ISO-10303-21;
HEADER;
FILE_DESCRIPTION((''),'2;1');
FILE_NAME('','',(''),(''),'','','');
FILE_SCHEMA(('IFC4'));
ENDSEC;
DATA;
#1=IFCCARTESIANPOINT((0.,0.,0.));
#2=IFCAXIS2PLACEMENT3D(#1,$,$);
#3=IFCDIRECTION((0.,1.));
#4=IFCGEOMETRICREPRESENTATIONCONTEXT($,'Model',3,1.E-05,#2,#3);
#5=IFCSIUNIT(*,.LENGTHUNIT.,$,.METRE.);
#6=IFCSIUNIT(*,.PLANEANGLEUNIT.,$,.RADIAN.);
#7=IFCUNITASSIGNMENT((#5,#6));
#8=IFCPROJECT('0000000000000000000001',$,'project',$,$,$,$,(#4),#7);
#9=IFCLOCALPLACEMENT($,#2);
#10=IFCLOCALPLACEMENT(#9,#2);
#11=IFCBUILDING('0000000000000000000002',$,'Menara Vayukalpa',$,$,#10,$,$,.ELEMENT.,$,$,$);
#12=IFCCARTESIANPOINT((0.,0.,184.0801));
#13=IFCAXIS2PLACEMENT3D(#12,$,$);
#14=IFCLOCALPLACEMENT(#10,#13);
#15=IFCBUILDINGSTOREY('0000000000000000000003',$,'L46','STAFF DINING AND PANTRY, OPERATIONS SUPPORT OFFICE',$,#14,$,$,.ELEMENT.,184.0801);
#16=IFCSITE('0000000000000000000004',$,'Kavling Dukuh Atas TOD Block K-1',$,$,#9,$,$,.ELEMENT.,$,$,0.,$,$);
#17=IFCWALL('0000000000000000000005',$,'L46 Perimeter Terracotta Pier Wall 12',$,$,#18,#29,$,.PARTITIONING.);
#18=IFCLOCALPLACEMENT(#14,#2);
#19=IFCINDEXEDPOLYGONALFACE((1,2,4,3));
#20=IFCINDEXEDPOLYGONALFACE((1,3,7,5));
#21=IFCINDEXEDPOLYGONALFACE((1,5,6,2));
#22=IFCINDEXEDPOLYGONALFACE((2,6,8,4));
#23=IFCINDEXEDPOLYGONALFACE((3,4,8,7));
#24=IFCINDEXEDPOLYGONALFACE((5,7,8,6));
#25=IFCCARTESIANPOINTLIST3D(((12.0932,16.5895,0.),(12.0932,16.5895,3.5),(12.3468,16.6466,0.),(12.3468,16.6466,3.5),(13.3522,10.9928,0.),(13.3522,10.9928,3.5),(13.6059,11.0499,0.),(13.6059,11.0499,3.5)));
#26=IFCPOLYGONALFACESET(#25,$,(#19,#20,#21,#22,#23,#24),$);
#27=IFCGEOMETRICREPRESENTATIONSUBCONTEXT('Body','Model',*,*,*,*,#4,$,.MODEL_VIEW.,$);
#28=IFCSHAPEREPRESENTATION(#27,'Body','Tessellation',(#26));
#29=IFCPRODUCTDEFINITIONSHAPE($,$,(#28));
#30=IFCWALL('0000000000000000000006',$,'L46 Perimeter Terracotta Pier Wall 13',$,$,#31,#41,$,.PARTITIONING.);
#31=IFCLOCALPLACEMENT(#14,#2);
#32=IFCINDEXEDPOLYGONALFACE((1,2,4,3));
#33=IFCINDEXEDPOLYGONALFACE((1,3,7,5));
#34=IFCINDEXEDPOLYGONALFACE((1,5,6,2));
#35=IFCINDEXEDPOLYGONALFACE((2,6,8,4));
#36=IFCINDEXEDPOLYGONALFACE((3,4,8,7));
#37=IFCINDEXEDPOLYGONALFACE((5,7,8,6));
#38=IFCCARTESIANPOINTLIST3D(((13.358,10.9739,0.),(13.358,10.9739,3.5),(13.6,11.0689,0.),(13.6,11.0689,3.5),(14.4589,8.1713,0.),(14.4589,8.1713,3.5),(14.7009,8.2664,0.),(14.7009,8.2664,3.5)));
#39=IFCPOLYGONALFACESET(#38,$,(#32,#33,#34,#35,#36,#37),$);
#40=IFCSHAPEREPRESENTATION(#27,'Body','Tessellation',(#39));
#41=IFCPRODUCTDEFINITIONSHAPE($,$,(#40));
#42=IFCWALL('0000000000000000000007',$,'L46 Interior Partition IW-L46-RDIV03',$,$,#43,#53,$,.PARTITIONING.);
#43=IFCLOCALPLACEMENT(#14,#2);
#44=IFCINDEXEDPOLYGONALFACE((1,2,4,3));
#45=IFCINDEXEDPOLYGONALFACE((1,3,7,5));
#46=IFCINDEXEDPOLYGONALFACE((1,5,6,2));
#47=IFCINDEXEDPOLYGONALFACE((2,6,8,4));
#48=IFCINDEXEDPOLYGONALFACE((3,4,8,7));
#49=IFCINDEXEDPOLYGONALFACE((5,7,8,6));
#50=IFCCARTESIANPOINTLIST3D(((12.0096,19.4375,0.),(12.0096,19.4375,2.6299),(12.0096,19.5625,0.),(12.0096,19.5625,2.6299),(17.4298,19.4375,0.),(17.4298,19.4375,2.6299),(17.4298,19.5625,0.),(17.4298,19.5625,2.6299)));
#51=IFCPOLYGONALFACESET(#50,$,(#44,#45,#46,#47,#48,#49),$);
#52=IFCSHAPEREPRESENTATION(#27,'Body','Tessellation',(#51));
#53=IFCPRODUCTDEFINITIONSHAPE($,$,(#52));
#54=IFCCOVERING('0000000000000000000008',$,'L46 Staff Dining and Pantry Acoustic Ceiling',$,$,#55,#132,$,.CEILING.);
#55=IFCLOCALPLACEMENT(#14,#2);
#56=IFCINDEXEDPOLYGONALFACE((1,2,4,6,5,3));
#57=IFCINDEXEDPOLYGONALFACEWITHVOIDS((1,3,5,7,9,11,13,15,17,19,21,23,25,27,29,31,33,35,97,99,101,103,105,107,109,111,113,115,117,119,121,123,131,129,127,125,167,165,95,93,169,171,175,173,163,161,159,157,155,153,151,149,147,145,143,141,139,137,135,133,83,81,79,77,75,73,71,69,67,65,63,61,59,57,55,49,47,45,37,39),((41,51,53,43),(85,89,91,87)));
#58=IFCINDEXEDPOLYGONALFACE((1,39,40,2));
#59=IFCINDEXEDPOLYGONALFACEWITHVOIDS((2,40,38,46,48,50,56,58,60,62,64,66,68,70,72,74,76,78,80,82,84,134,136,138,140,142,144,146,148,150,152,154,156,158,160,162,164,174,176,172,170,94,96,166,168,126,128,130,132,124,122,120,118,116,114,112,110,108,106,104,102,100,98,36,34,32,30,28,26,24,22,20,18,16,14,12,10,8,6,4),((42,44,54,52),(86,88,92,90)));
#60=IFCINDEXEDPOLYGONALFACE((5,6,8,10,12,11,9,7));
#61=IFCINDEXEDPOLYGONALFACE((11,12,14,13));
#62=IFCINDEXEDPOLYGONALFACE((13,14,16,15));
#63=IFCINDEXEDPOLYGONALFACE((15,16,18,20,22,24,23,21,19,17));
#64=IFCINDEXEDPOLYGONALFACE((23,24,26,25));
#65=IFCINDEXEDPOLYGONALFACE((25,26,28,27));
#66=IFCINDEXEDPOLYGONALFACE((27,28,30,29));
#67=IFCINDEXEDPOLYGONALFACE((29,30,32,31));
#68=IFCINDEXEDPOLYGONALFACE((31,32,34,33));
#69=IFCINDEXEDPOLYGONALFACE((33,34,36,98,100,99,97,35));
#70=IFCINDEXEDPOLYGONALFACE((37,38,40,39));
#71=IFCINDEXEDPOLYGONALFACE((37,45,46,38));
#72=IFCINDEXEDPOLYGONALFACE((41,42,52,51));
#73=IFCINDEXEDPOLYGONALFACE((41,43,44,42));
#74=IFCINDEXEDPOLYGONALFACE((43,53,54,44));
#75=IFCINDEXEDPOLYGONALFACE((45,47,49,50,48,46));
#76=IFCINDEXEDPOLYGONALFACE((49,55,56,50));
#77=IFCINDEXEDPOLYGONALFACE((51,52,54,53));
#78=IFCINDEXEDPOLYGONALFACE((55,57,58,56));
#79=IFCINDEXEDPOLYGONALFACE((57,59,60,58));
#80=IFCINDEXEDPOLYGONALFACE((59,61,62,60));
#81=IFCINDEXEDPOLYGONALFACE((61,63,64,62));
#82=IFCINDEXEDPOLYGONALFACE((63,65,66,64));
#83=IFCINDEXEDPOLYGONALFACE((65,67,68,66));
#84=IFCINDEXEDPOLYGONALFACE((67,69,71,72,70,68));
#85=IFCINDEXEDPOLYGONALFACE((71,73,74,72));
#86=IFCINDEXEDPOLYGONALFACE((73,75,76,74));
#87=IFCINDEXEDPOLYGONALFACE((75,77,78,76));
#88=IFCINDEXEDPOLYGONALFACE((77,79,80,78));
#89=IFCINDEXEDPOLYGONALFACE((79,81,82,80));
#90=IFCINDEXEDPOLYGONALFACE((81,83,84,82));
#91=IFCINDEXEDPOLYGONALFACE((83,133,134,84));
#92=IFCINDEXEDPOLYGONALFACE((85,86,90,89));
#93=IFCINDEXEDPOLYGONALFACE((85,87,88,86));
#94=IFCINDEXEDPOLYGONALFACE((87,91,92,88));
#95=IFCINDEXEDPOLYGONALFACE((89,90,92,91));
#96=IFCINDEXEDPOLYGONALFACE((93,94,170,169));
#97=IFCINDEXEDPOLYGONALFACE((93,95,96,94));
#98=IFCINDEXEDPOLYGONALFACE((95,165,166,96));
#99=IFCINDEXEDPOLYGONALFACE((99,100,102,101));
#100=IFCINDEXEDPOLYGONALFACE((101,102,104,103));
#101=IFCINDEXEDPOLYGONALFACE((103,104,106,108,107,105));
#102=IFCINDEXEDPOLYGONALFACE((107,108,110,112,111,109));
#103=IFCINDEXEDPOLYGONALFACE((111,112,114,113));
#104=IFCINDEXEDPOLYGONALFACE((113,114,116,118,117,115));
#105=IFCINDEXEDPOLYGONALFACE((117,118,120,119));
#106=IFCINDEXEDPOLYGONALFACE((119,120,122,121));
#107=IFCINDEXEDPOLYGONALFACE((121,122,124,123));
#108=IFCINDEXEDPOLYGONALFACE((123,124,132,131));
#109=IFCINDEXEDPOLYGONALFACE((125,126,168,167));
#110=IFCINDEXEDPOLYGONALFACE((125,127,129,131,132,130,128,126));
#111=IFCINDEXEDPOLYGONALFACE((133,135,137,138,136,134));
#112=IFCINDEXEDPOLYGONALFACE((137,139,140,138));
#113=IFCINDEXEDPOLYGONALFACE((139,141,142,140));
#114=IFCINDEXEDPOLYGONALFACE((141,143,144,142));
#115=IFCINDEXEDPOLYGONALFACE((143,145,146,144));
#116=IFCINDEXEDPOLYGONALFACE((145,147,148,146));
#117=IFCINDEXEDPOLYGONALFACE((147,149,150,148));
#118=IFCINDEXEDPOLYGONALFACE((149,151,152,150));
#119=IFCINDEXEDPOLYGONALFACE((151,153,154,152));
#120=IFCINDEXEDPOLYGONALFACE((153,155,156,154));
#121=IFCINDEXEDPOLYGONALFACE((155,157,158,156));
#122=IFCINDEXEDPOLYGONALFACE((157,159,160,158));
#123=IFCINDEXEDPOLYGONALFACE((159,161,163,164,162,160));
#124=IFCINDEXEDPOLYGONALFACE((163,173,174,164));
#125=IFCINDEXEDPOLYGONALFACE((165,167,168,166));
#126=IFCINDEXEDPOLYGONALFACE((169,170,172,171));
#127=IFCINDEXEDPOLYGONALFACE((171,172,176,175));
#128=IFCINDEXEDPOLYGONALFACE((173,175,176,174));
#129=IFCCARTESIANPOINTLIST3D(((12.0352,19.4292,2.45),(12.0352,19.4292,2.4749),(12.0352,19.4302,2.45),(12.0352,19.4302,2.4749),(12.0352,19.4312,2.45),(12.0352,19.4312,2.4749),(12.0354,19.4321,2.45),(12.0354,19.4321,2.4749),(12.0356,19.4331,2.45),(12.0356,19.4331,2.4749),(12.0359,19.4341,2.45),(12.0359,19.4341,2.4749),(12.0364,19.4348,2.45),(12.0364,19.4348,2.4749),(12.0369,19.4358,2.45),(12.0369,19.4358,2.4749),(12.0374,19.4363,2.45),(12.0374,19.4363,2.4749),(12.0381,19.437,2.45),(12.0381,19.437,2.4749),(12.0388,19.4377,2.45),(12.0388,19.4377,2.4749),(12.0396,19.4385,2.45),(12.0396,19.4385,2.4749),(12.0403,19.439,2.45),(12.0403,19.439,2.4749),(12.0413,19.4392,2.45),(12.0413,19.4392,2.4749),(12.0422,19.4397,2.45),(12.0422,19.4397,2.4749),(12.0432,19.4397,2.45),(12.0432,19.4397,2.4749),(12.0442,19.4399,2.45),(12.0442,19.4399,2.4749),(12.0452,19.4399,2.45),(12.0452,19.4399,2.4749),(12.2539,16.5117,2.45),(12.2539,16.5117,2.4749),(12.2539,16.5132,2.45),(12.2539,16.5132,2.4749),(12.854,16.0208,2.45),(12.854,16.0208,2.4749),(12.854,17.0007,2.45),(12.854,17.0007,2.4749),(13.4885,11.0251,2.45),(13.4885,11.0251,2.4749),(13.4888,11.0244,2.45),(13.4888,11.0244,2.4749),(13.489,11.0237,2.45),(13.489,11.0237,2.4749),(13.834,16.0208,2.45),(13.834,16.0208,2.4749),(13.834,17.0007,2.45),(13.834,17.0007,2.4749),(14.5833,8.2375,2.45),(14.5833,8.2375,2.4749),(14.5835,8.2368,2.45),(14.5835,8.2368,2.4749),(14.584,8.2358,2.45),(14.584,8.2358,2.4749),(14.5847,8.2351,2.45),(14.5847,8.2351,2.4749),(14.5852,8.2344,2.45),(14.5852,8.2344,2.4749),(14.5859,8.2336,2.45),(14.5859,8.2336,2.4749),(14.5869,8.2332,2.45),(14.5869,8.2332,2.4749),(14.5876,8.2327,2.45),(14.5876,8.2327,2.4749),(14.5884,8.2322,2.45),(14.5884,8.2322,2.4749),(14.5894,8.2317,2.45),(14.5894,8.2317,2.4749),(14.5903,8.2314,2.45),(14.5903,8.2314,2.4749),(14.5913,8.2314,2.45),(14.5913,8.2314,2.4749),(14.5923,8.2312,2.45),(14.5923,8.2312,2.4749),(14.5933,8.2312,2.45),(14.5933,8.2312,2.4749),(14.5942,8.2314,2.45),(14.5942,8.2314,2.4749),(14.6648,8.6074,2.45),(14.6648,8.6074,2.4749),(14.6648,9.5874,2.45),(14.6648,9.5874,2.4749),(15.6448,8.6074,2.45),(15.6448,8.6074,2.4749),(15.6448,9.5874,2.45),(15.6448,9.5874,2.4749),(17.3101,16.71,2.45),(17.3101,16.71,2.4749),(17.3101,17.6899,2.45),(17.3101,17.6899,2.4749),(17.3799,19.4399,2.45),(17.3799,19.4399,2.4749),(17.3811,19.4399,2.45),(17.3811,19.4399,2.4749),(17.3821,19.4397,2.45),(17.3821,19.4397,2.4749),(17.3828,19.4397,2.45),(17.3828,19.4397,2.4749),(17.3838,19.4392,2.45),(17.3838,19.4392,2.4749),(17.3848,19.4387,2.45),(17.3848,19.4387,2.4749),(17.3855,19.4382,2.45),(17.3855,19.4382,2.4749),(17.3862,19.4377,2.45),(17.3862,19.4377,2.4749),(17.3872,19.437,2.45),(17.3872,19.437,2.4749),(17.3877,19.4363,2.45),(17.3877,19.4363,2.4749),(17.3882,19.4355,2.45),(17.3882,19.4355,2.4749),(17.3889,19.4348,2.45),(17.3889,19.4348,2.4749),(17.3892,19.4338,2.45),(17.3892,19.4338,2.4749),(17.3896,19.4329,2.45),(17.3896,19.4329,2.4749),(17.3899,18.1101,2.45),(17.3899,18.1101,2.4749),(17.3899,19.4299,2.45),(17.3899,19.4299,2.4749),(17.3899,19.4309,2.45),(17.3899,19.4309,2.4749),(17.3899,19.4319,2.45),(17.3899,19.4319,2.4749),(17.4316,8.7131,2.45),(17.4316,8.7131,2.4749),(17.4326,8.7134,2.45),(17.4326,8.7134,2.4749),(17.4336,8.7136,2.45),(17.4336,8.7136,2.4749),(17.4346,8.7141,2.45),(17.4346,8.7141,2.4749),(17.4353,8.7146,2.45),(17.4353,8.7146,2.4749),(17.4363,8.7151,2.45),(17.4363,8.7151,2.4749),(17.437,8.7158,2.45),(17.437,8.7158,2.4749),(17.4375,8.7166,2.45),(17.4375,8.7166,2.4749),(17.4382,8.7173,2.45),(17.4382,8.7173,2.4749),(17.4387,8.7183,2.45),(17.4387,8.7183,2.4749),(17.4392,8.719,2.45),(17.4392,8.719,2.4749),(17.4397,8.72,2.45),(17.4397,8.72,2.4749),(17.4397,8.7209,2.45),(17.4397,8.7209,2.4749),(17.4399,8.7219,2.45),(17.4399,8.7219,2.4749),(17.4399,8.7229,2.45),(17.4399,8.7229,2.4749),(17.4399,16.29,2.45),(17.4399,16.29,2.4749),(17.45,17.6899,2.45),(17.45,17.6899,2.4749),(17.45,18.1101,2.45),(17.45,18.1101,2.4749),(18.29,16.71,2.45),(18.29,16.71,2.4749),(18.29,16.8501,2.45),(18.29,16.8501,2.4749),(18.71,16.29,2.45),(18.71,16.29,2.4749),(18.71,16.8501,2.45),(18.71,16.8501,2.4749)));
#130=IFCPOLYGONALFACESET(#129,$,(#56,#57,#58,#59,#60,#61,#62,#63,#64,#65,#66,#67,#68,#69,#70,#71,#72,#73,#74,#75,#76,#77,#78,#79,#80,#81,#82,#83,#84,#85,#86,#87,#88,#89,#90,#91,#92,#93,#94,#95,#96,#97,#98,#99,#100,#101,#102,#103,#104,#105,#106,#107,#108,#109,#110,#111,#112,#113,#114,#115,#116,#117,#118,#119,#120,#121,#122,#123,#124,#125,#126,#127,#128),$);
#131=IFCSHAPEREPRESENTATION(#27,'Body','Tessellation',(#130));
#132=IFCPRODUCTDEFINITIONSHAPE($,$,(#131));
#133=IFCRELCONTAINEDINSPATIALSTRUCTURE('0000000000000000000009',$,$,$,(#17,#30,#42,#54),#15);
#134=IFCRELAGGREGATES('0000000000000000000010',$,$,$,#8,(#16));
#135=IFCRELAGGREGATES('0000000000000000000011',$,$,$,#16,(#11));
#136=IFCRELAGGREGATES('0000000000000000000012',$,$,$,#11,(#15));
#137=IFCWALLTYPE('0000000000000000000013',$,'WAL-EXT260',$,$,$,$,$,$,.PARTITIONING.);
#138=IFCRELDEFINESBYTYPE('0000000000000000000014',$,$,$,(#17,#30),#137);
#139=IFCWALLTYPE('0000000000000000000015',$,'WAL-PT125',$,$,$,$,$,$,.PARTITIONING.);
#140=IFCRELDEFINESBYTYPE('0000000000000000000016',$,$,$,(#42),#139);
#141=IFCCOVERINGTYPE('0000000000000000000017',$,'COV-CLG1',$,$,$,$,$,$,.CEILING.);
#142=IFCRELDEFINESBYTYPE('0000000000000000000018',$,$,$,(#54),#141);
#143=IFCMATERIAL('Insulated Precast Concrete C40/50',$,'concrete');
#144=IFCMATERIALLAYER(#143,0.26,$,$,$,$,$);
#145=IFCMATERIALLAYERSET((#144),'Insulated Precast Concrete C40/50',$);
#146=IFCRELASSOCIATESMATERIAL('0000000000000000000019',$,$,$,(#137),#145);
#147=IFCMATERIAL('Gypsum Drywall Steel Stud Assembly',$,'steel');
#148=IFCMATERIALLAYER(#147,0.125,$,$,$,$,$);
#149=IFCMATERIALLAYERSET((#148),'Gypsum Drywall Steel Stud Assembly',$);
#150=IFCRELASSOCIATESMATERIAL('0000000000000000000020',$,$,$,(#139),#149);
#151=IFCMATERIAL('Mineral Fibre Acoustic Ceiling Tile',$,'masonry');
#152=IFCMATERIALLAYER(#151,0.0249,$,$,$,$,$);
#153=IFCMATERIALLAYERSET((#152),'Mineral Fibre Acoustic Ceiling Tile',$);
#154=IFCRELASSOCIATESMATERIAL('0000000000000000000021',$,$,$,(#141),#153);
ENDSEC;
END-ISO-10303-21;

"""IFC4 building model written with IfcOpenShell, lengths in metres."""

from ifc_helpers import new_model, si_unit, direction, frame, frame_2d, origin, place, context, subcontext, project, spatial, polyline, rectangle, outline, extrude, material, layer, layer_set, type_object, element, save


model = new_model("IFC4")

# Units and contexts
model_context = context("Model", 3, precision=1e-05, world=origin(), true_north=direction((0.0, 1.0)))
body_context = subcontext(model_context, "Body", "Model", "MODEL_VIEW")
ifc_project = project(units=[si_unit("LENGTHUNIT", "METRE"), si_unit("PLANEANGLEUNIT", "RADIAN")], contexts=[model_context])

# Site, building, storey
site_placement = place(None, origin())
site = spatial("IfcSite", under=ifc_project, at=site_placement, Name="Kavling Dukuh Atas TOD Block K-1", CompositionType="ELEMENT", RefElevation=0.0)
building_placement = place(site_placement, origin())
building = spatial("IfcBuilding", under=site, at=building_placement, Name="Menara Vayukalpa", CompositionType="ELEMENT")
storey_placement = place(building_placement, frame((0.0, 0.0, 184.0801)))
storey = spatial("IfcBuildingStorey", under=building, at=storey_placement, Name="L46", Description="STAFF DINING AND PANTRY, OPERATIONS SUPPORT OFFICE", CompositionType="ELEMENT", Elevation=184.0801)

# Walls
ifc_material_1 = material(Name="Insulated Precast Concrete C40/50", Category="concrete")
ifc_layer_1 = layer(ifc_material_1, 0.26)
ifc_layer_set_1 = layer_set([ifc_layer_1], Name="Insulated Precast Concrete C40/50")
wall_type_1 = type_object("IfcWallType", Name="WAL-EXT260", PredefinedType="PARTITIONING", material=ifc_layer_set_1)
wall_1_placement = place(storey_placement, frame((13.479, 11.0215, 0.0), z_axis=(0.0, 0.0, 1.0), x_axis=(-0.219476, 0.975618, 0.0)))
element("IfcWall", 1, at=wall_1_placement, inside=storey, type_object=wall_type_1, Name="L46 Perimeter Terracotta Pier Wall 12", PredefinedType="PARTITIONING", context=body_context, shape_type="SweptSolid", body=[
    extrude(rectangle(XDim=5.7366, YDim=0.26, at=frame_2d((2.8682, 0.0))), origin(), (0.0, 0.0, 1.0), 3.5),
])
wall_2_placement = place(storey_placement, frame((14.5798, 8.219, 0.0), z_axis=(0.0, 0.0, 1.0), x_axis=(-0.36561, 0.930768, 0.0)))
element("IfcWall", 2, at=wall_2_placement, inside=storey, type_object=wall_type_1, Name="L46 Perimeter Terracotta Pier Wall 13", PredefinedType="PARTITIONING", context=body_context, shape_type="SweptSolid", body=[
    extrude(rectangle(XDim=3.011, YDim=0.26, at=frame_2d((1.5054, 0.0))), origin(), (0.0, 0.0, 1.0), 3.5),
])
ifc_material_2 = material(Name="Gypsum Drywall Steel Stud Assembly", Category="steel")
ifc_layer_2 = layer(ifc_material_2, 0.125)
ifc_layer_set_2 = layer_set([ifc_layer_2], Name="Gypsum Drywall Steel Stud Assembly")
wall_type_2 = type_object("IfcWallType", Name="WAL-PT125", PredefinedType="PARTITIONING", material=ifc_layer_set_2)
wall_3_placement = place(storey_placement, frame((12.0098, 19.5, 0.0), z_axis=(0.0, 0.0, 1.0), x_axis=(1.0, 0.0, 0.0)))
element("IfcWall", 3, at=wall_3_placement, inside=storey, type_object=wall_type_2, Name="L46 Interior Partition IW-L46-RDIV03", PredefinedType="PARTITIONING", context=body_context, shape_type="SweptSolid", body=[
    extrude(rectangle(XDim=5.4202, YDim=0.125, at=frame_2d((2.71, 0.0))), origin(), (0.0, 0.0, 1.0), 2.6299),
])

# Covering
ifc_material_3 = material(Name="Mineral Fibre Acoustic Ceiling Tile", Category="masonry")
ifc_layer_3 = layer(ifc_material_3, 0.0249)
ifc_layer_set_3 = layer_set([ifc_layer_3], Name="Mineral Fibre Acoustic Ceiling Tile")
covering_type_1 = type_object("IfcCoveringType", Name="COV-CLG1", PredefinedType="CEILING", material=ifc_layer_set_3)
covering_1_placement = place(storey_placement, frame((0.0, 0.0, 2.45)))
element("IfcCovering", 4, at=covering_1_placement, inside=storey, type_object=covering_type_1, Name="L46 Staff Dining and Pantry Acoustic Ceiling", PredefinedType="CEILING", context=body_context, shape_type="SweptSolid", body=[
    extrude(outline(polyline([(14.5913, 8.2314), (14.5903, 8.2314), (14.5894, 8.2317), (14.5884, 8.2322), (14.5876, 8.2327), (14.5869, 8.2332), (14.5859, 8.2336), (14.5852, 8.2344), (14.5847, 8.2351), (14.584, 8.2358), (14.5835, 8.2368), (14.5833, 8.2375), (13.489, 11.0237), (13.4888, 11.0244), (13.4885, 11.0251), (12.2539, 16.5117), (12.2539, 16.5132), (12.0352, 19.4292), (12.0352, 19.4302), (12.0352, 19.4312), (12.0354, 19.4321), (12.0356, 19.4331), (12.0359, 19.4341), (12.0364, 19.4348), (12.0369, 19.4358), (12.0374, 19.4363), (12.0381, 19.437), (12.0388, 19.4377), (12.0396, 19.4385), (12.0403, 19.439), (12.0413, 19.4392), (12.0422, 19.4397), (12.0432, 19.4397), (12.0442, 19.4399), (12.0452, 19.4399), (17.3799, 19.4399), (17.3811, 19.4399), (17.3821, 19.4397), (17.3828, 19.4397), (17.3838, 19.4392), (17.3848, 19.4387), (17.3855, 19.4382), (17.3862, 19.4377), (17.3872, 19.437), (17.3877, 19.4363), (17.3882, 19.4355), (17.3889, 19.4348), (17.3892, 19.4338), (17.3896, 19.4329), (17.3899, 19.4319), (17.3899, 19.4309), (17.3899, 19.4299), (17.3899, 18.1101), (17.45, 18.1101), (17.45, 17.6899), (17.3101, 17.6899), (17.3101, 16.71), (18.29, 16.71), (18.29, 16.8501), (18.71, 16.8501), (18.71, 16.29), (17.4399, 16.29), (17.4399, 8.7229), (17.4399, 8.7219), (17.4397, 8.7209), (17.4397, 8.72), (17.4392, 8.719), (17.4387, 8.7183), (17.4382, 8.7173), (17.4375, 8.7166), (17.437, 8.7158), (17.4363, 8.7151), (17.4353, 8.7146), (17.4346, 8.7141), (17.4336, 8.7136), (17.4326, 8.7134), (17.4316, 8.7131), (14.5942, 8.2314), (14.5933, 8.2312), (14.5923, 8.2312), (14.5913, 8.2314)]), holes=[polyline([(14.6648, 9.5874), (14.6648, 8.6074), (15.6448, 8.6074), (15.6448, 9.5874), (14.6648, 9.5874)]), polyline([(13.834, 17.0007), (12.854, 17.0007), (12.854, 16.0208), (13.834, 16.0208), (13.834, 17.0007)])]), origin(), (0.0, 0.0, 1.0), 0.0249),
])

save(model, "model.ifc")
